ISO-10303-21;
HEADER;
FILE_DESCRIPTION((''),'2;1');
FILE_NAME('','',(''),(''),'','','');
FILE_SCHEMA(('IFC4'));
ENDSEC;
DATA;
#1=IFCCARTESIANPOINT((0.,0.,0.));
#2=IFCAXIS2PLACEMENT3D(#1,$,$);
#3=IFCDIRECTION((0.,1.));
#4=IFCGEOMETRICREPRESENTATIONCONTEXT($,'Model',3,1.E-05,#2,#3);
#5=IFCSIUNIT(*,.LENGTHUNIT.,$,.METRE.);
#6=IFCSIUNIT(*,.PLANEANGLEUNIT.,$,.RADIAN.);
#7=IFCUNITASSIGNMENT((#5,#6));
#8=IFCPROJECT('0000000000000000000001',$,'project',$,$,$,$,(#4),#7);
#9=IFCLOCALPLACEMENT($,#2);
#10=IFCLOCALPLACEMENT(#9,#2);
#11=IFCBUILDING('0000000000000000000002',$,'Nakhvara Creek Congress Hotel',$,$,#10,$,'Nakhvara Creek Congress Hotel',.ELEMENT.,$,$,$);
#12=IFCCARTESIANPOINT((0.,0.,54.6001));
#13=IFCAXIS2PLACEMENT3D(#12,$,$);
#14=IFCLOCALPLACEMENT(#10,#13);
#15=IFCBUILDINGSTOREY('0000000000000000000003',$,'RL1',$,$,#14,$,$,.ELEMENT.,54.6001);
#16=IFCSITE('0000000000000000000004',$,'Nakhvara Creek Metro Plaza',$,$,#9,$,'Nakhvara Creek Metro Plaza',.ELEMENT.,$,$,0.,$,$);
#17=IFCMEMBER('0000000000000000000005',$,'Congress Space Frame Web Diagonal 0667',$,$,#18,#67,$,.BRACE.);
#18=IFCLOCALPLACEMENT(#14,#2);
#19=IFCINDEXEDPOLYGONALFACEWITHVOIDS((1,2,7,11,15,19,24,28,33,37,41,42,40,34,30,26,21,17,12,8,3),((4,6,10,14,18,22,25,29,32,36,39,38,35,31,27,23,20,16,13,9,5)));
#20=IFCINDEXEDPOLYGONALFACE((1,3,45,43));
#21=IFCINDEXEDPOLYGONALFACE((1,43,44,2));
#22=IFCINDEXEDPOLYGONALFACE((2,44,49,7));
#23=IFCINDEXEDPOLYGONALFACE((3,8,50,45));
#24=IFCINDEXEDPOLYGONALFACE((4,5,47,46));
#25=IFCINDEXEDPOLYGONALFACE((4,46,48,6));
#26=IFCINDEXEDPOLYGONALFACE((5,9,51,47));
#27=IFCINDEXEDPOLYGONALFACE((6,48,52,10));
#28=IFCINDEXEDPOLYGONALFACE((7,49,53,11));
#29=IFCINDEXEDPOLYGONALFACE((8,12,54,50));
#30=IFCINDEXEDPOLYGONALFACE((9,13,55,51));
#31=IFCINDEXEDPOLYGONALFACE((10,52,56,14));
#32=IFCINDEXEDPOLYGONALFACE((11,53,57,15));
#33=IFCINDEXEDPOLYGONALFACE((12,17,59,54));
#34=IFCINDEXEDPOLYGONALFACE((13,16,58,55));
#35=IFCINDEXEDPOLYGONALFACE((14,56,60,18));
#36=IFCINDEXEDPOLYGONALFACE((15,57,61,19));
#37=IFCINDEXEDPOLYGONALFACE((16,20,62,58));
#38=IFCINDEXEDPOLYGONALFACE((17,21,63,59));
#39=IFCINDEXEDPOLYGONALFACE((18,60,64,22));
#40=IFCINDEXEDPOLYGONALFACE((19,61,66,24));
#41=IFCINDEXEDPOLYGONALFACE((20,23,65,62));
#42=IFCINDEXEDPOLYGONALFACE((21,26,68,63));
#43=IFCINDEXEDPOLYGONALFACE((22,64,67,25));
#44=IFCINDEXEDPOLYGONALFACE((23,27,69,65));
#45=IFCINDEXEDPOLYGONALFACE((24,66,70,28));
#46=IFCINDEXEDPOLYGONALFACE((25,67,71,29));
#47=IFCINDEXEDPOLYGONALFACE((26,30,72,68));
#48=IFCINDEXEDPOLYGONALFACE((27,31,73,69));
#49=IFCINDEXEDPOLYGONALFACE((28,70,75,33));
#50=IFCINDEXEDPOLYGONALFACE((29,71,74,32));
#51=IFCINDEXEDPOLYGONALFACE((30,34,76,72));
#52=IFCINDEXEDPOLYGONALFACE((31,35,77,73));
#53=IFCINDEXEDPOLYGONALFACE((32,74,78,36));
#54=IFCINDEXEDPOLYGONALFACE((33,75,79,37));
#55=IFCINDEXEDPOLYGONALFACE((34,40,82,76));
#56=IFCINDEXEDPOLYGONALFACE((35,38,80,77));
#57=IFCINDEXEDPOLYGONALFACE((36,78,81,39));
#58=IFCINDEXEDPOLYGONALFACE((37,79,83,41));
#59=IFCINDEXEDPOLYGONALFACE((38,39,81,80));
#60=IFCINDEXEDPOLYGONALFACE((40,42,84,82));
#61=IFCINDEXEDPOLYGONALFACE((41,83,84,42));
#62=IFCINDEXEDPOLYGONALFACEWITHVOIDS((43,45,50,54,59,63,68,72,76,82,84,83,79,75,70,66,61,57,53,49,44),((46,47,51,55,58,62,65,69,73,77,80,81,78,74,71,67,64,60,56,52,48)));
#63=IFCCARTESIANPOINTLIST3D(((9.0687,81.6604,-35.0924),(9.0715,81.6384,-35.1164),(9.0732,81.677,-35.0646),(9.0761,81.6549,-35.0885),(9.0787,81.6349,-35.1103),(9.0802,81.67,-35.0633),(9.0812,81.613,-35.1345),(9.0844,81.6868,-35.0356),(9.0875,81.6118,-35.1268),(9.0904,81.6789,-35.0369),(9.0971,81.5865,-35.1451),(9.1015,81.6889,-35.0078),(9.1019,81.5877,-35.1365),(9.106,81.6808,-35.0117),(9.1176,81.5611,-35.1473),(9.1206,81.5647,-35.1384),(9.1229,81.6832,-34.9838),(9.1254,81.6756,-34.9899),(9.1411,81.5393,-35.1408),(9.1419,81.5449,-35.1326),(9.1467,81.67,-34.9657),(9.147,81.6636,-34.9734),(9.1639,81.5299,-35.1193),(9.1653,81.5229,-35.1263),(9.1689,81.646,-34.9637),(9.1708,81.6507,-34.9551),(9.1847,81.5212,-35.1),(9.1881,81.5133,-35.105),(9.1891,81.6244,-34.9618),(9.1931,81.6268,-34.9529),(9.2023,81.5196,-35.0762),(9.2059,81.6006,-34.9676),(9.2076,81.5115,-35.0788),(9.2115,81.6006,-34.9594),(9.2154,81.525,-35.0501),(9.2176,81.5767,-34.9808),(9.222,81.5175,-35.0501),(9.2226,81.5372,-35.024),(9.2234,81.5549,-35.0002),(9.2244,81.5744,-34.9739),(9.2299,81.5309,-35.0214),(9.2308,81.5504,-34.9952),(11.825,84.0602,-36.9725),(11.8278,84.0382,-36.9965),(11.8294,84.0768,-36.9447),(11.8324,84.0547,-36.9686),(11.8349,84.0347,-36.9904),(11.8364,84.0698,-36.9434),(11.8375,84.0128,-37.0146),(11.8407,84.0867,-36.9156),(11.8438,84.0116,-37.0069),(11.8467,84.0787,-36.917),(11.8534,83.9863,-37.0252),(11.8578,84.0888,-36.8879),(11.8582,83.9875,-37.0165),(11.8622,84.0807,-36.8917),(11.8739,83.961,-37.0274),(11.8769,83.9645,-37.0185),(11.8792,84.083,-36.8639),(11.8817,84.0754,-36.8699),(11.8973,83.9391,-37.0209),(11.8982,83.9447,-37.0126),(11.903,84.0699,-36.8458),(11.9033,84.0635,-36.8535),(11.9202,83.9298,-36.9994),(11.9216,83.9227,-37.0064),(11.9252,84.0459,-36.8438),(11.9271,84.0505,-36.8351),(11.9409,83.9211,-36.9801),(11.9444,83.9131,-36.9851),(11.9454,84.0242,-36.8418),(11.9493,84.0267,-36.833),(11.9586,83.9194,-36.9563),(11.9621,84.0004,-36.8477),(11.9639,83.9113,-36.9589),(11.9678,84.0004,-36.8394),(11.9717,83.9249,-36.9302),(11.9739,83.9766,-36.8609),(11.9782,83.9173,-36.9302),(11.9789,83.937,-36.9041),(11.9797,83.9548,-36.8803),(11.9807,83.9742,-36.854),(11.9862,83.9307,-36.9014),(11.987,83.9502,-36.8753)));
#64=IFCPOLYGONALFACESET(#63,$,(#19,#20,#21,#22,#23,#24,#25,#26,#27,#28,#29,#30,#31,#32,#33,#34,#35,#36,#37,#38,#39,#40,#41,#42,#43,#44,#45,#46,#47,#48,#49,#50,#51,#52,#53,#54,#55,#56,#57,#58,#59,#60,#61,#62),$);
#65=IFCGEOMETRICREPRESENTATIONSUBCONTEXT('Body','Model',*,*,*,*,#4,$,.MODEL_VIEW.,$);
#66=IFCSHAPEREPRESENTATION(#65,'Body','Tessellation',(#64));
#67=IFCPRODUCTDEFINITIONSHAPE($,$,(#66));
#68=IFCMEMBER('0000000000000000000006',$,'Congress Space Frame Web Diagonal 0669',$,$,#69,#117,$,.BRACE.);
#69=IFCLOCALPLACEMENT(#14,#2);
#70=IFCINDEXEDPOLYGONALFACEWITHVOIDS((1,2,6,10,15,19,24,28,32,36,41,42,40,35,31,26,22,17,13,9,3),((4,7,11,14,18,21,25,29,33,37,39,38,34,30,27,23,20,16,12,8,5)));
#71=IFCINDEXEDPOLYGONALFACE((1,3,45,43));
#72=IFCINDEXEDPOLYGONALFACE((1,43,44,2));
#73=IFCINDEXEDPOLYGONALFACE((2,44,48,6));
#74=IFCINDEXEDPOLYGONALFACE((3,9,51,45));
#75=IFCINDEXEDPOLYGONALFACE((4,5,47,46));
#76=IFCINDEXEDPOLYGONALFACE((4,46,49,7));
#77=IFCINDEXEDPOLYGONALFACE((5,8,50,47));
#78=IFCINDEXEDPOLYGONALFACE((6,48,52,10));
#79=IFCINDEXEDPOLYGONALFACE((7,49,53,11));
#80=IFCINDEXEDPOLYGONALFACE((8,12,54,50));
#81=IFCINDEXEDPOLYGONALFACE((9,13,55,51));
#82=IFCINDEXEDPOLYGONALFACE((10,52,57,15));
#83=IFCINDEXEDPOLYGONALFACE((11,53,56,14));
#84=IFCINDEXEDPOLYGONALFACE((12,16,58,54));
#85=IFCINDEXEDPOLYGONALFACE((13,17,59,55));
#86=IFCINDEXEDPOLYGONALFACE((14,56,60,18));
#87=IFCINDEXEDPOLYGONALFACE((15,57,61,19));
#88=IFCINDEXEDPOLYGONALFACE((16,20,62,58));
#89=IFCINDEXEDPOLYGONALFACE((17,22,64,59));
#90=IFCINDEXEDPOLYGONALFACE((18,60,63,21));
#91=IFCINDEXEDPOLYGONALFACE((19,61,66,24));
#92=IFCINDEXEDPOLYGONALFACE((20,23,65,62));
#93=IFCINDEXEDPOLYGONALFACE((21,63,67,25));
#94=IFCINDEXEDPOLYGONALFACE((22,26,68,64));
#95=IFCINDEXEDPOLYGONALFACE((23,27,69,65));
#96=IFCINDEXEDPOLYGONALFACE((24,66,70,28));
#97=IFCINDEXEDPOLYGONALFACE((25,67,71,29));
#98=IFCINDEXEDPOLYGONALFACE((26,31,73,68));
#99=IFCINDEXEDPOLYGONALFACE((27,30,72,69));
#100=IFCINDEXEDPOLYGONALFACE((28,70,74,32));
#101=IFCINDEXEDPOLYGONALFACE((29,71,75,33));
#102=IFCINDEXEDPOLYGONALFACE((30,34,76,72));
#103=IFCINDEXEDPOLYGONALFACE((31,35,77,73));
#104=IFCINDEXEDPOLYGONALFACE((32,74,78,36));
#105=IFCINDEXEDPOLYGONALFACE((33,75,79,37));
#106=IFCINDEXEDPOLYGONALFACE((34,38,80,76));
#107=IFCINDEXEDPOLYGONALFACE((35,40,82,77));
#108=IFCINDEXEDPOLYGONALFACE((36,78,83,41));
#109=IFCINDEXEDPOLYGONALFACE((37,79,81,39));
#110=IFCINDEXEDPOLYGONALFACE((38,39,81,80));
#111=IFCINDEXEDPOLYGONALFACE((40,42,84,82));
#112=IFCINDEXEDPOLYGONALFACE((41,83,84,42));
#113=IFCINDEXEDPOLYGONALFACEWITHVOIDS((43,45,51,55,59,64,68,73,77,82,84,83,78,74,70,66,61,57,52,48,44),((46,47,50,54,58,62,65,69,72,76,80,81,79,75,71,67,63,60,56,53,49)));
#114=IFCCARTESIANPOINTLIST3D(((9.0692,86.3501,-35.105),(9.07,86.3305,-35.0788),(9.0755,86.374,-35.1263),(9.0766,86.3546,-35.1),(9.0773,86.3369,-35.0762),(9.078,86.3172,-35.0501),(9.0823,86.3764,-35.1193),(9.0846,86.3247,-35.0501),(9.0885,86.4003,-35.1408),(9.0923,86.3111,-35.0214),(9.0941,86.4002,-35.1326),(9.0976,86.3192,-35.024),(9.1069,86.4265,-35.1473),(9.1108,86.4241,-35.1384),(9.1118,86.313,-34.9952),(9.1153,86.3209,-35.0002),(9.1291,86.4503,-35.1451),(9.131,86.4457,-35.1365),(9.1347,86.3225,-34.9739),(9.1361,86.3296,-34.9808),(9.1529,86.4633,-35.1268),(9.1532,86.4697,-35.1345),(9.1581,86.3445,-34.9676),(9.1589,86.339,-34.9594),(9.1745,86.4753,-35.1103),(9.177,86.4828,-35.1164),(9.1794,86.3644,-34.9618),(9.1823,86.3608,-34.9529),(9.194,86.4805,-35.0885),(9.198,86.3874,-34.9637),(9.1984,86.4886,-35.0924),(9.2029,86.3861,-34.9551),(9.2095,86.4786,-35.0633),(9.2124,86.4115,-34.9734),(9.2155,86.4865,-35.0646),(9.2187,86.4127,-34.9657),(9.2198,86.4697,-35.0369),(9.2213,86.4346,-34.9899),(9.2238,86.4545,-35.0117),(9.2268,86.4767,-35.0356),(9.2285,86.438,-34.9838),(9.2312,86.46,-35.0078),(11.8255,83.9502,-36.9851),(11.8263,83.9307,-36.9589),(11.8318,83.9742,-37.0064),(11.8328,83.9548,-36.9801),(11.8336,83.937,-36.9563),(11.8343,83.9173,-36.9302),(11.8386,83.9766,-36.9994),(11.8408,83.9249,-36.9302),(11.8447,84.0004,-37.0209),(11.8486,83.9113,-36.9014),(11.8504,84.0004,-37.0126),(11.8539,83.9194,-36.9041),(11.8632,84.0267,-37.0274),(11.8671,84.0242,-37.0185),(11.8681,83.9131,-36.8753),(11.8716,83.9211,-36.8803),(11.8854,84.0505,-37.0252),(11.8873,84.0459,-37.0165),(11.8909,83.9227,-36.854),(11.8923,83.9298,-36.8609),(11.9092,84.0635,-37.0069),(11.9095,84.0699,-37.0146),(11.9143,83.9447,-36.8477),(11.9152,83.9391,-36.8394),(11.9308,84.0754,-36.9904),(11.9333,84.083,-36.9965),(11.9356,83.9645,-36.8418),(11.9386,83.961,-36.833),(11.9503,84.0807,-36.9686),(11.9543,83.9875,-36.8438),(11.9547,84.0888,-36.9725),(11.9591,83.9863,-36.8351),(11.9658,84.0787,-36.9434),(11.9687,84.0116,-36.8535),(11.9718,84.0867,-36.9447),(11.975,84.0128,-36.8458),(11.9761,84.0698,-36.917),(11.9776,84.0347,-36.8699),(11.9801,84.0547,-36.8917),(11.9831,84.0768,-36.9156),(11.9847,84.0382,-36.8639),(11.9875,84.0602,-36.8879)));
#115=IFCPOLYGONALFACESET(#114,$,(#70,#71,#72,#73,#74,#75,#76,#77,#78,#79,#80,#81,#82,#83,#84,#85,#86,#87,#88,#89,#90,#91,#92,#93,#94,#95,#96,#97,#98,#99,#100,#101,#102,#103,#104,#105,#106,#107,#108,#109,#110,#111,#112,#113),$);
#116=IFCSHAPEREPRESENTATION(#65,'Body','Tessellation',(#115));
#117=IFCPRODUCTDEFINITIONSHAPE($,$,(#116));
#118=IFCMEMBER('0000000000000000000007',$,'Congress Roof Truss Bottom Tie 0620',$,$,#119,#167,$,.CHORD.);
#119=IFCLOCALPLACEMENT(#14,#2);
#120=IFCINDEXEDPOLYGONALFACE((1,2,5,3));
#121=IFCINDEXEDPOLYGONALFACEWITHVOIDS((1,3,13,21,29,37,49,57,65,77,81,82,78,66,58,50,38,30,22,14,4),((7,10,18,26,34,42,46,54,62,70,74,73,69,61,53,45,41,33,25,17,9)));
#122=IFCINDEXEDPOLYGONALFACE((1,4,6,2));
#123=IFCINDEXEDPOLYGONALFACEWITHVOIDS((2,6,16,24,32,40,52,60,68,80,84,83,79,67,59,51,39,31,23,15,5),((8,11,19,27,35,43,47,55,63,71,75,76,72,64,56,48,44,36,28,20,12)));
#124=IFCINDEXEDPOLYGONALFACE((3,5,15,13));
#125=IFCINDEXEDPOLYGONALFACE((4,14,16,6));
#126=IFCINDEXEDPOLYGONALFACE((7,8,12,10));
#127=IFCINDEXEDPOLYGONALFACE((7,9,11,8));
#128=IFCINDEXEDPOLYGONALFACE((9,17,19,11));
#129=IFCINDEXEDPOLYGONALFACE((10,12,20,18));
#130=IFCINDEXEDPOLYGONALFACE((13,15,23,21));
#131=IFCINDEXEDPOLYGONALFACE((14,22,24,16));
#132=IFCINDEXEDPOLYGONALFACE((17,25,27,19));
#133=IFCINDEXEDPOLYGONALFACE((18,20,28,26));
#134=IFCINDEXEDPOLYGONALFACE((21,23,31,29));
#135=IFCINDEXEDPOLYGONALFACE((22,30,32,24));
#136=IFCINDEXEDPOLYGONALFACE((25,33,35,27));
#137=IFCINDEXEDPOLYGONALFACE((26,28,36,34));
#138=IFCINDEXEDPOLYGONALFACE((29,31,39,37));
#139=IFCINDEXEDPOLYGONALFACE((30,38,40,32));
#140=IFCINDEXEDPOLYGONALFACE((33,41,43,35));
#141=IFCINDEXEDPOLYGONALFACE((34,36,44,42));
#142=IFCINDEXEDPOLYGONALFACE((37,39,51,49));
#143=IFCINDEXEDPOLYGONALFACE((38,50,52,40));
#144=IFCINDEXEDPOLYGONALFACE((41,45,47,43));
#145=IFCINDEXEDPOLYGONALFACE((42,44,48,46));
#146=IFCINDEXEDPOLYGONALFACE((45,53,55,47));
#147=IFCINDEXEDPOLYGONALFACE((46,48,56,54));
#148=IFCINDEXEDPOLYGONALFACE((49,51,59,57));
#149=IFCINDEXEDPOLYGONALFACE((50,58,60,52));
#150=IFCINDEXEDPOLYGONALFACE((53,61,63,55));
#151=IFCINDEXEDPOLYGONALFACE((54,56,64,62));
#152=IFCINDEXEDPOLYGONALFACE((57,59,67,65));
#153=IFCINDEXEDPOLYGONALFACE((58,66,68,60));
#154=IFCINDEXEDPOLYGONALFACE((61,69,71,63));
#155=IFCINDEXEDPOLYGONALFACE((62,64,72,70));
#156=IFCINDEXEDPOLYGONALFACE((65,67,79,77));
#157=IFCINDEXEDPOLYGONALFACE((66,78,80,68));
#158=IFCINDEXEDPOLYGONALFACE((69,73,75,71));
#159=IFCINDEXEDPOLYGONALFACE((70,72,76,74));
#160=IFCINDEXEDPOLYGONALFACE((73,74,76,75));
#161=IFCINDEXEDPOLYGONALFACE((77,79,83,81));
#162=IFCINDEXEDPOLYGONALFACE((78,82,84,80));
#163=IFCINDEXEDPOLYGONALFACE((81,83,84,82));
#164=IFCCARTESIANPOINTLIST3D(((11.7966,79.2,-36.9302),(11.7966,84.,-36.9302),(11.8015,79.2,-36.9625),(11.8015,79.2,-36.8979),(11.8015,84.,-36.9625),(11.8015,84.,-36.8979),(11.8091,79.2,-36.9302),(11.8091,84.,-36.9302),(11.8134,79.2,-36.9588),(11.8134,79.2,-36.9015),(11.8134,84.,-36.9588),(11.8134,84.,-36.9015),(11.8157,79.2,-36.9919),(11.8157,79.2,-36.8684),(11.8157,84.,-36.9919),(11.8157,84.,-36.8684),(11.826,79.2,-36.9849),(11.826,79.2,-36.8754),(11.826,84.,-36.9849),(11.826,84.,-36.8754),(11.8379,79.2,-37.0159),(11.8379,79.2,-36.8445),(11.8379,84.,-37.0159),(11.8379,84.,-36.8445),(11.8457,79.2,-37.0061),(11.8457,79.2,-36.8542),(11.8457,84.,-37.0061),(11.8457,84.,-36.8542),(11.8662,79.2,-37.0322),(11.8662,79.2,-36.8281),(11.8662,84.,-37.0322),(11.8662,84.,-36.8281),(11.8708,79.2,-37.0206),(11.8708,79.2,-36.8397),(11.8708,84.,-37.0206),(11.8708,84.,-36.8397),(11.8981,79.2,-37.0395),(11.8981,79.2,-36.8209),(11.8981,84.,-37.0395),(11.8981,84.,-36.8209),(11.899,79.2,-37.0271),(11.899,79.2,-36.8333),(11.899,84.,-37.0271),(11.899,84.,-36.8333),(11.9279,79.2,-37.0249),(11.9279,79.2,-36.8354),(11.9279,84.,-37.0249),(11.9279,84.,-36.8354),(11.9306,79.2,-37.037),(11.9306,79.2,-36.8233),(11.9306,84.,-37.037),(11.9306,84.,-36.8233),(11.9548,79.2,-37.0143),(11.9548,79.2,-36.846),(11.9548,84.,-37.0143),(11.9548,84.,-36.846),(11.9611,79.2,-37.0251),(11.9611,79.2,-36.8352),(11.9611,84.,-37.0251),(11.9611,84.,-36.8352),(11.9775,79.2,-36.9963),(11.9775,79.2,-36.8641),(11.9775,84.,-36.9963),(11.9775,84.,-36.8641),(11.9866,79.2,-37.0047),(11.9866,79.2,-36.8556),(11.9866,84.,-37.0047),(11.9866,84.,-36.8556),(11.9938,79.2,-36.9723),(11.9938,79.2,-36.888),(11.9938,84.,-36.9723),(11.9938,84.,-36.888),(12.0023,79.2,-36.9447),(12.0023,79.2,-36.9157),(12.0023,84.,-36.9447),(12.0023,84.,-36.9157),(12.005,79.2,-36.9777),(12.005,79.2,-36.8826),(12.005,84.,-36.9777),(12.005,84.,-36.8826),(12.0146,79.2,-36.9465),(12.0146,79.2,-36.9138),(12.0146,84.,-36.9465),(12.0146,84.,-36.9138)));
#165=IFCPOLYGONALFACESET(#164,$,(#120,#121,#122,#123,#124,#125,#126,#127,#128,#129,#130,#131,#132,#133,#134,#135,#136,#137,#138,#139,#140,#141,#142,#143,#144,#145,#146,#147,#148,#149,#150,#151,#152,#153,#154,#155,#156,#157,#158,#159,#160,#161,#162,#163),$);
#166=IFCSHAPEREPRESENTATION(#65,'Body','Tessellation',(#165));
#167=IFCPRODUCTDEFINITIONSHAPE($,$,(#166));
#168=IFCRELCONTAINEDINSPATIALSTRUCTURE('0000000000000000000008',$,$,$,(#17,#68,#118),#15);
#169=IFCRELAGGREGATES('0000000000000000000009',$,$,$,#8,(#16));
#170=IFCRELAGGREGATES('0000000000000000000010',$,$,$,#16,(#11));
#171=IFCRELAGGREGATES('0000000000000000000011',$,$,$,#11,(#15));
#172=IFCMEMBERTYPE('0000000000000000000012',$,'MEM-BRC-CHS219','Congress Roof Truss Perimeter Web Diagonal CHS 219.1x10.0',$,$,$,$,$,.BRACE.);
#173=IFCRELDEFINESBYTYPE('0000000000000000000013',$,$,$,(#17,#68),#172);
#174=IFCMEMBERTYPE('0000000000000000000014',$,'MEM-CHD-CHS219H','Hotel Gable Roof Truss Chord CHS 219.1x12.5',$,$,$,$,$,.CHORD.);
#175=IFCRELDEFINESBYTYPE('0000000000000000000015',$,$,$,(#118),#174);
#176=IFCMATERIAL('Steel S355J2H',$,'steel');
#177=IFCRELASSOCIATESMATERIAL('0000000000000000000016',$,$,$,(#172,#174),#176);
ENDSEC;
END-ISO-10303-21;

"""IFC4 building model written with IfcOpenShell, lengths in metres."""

from ifc_helpers import new_model, si_unit, direction, frame, origin, origin_2d, place, context, subcontext, project, spatial, hollow_circle, extrude, material, material_profile, profile_set, type_object, element, save


model = new_model("IFC4")

# Units and contexts
model_context = context("Model", 3, precision=1e-05, world=origin(), true_north=direction((0.0, 1.0)))
body_context = subcontext(model_context, "Body", "Model", "MODEL_VIEW")
ifc_project = project(units=[si_unit("LENGTHUNIT", "METRE"), si_unit("PLANEANGLEUNIT", "RADIAN")], contexts=[model_context])

# Site, building, storey
site_placement = place(None, origin())
site = spatial("IfcSite", under=ifc_project, at=site_placement, Name="Nakhvara Creek Metro Plaza", LongName="Nakhvara Creek Metro Plaza", CompositionType="ELEMENT", RefElevation=0.0)
building_placement = place(site_placement, origin())
building = spatial("IfcBuilding", under=site, at=building_placement, Name="Nakhvara Creek Congress Hotel", LongName="Nakhvara Creek Congress Hotel", CompositionType="ELEMENT")
storey_placement = place(building_placement, frame((0.0, 0.0, 54.6001)))
storey = spatial("IfcBuildingStorey", under=building, at=storey_placement, Name="RL1", CompositionType="ELEMENT", Elevation=54.6001)

# Members
ifc_material_1 = material(Name="Steel S355J2H", Category="steel")
ifc_material_profile_1 = material_profile(ifc_material_1, hollow_circle(Radius=0.1096, WallThickness=0.01, at=origin_2d()), Name="CHS 219.1x10.0", Category="LoadBearing")
ifc_profile_set_1 = profile_set([ifc_material_profile_1], Name="Steel S355J2H")
member_type_1 = type_object("IfcMemberType", Name="MEM-BRC-CHS219", Description="Congress Roof Truss Perimeter Web Diagonal CHS 219.1x10.0", PredefinedType="BRACE", material=ifc_profile_set_1)
for number, where, z_axis, x_axis, name in (
    (1, (11.9062, 84.0, -36.9302), (-0.670649, -0.583922, 0.457455), (0.656658, -0.754188, 0.0), "Congress Space Frame Web Diagonal 0667"),
    (2, (11.9062, 84.0, -36.9302), (-0.670649, 0.583922, 0.457455), (-0.656658, -0.754188, 0.0), "Congress Space Frame Web Diagonal 0669"),
):
    element("IfcMember", number, at=place(storey_placement, frame(where, z_axis=z_axis, x_axis=x_axis)), inside=storey, type_object=member_type_1, Name=name, PredefinedType="BRACE", context=body_context, shape_type="SweptSolid", body=[
        extrude(hollow_circle(Radius=0.1096, WallThickness=0.01, at=origin_2d()), origin(), (0.0, 0.0, 1.0), 4.1099),
    ])
ifc_material_profile_2 = material_profile(ifc_material_1, hollow_circle(Radius=0.1096, WallThickness=0.0125, at=origin_2d()), Name="CHS 219.1x12.5", Category="LoadBearing")
ifc_profile_set_2 = profile_set([ifc_material_profile_2], Name="Steel S355J2H")
member_type_2 = type_object("IfcMemberType", Name="MEM-CHD-CHS219H", Description="Hotel Gable Roof Truss Chord CHS 219.1x12.5", PredefinedType="CHORD", material=ifc_profile_set_2)
member_1_placement = place(storey_placement, frame((11.9062, 79.2, -36.9302), z_axis=(0.0, 1.0, 0.0), x_axis=(-1.0, 0.0, 0.0)))
element("IfcMember", 3, at=member_1_placement, inside=storey, type_object=member_type_2, Name="Congress Roof Truss Bottom Tie 0620", PredefinedType="CHORD", context=body_context, shape_type="SweptSolid", body=[
    extrude(hollow_circle(Radius=0.1096, WallThickness=0.0125, at=origin_2d()), origin(), (0.0, 0.0, 1.0), 4.8),
])

save(model, "model.ifc")
